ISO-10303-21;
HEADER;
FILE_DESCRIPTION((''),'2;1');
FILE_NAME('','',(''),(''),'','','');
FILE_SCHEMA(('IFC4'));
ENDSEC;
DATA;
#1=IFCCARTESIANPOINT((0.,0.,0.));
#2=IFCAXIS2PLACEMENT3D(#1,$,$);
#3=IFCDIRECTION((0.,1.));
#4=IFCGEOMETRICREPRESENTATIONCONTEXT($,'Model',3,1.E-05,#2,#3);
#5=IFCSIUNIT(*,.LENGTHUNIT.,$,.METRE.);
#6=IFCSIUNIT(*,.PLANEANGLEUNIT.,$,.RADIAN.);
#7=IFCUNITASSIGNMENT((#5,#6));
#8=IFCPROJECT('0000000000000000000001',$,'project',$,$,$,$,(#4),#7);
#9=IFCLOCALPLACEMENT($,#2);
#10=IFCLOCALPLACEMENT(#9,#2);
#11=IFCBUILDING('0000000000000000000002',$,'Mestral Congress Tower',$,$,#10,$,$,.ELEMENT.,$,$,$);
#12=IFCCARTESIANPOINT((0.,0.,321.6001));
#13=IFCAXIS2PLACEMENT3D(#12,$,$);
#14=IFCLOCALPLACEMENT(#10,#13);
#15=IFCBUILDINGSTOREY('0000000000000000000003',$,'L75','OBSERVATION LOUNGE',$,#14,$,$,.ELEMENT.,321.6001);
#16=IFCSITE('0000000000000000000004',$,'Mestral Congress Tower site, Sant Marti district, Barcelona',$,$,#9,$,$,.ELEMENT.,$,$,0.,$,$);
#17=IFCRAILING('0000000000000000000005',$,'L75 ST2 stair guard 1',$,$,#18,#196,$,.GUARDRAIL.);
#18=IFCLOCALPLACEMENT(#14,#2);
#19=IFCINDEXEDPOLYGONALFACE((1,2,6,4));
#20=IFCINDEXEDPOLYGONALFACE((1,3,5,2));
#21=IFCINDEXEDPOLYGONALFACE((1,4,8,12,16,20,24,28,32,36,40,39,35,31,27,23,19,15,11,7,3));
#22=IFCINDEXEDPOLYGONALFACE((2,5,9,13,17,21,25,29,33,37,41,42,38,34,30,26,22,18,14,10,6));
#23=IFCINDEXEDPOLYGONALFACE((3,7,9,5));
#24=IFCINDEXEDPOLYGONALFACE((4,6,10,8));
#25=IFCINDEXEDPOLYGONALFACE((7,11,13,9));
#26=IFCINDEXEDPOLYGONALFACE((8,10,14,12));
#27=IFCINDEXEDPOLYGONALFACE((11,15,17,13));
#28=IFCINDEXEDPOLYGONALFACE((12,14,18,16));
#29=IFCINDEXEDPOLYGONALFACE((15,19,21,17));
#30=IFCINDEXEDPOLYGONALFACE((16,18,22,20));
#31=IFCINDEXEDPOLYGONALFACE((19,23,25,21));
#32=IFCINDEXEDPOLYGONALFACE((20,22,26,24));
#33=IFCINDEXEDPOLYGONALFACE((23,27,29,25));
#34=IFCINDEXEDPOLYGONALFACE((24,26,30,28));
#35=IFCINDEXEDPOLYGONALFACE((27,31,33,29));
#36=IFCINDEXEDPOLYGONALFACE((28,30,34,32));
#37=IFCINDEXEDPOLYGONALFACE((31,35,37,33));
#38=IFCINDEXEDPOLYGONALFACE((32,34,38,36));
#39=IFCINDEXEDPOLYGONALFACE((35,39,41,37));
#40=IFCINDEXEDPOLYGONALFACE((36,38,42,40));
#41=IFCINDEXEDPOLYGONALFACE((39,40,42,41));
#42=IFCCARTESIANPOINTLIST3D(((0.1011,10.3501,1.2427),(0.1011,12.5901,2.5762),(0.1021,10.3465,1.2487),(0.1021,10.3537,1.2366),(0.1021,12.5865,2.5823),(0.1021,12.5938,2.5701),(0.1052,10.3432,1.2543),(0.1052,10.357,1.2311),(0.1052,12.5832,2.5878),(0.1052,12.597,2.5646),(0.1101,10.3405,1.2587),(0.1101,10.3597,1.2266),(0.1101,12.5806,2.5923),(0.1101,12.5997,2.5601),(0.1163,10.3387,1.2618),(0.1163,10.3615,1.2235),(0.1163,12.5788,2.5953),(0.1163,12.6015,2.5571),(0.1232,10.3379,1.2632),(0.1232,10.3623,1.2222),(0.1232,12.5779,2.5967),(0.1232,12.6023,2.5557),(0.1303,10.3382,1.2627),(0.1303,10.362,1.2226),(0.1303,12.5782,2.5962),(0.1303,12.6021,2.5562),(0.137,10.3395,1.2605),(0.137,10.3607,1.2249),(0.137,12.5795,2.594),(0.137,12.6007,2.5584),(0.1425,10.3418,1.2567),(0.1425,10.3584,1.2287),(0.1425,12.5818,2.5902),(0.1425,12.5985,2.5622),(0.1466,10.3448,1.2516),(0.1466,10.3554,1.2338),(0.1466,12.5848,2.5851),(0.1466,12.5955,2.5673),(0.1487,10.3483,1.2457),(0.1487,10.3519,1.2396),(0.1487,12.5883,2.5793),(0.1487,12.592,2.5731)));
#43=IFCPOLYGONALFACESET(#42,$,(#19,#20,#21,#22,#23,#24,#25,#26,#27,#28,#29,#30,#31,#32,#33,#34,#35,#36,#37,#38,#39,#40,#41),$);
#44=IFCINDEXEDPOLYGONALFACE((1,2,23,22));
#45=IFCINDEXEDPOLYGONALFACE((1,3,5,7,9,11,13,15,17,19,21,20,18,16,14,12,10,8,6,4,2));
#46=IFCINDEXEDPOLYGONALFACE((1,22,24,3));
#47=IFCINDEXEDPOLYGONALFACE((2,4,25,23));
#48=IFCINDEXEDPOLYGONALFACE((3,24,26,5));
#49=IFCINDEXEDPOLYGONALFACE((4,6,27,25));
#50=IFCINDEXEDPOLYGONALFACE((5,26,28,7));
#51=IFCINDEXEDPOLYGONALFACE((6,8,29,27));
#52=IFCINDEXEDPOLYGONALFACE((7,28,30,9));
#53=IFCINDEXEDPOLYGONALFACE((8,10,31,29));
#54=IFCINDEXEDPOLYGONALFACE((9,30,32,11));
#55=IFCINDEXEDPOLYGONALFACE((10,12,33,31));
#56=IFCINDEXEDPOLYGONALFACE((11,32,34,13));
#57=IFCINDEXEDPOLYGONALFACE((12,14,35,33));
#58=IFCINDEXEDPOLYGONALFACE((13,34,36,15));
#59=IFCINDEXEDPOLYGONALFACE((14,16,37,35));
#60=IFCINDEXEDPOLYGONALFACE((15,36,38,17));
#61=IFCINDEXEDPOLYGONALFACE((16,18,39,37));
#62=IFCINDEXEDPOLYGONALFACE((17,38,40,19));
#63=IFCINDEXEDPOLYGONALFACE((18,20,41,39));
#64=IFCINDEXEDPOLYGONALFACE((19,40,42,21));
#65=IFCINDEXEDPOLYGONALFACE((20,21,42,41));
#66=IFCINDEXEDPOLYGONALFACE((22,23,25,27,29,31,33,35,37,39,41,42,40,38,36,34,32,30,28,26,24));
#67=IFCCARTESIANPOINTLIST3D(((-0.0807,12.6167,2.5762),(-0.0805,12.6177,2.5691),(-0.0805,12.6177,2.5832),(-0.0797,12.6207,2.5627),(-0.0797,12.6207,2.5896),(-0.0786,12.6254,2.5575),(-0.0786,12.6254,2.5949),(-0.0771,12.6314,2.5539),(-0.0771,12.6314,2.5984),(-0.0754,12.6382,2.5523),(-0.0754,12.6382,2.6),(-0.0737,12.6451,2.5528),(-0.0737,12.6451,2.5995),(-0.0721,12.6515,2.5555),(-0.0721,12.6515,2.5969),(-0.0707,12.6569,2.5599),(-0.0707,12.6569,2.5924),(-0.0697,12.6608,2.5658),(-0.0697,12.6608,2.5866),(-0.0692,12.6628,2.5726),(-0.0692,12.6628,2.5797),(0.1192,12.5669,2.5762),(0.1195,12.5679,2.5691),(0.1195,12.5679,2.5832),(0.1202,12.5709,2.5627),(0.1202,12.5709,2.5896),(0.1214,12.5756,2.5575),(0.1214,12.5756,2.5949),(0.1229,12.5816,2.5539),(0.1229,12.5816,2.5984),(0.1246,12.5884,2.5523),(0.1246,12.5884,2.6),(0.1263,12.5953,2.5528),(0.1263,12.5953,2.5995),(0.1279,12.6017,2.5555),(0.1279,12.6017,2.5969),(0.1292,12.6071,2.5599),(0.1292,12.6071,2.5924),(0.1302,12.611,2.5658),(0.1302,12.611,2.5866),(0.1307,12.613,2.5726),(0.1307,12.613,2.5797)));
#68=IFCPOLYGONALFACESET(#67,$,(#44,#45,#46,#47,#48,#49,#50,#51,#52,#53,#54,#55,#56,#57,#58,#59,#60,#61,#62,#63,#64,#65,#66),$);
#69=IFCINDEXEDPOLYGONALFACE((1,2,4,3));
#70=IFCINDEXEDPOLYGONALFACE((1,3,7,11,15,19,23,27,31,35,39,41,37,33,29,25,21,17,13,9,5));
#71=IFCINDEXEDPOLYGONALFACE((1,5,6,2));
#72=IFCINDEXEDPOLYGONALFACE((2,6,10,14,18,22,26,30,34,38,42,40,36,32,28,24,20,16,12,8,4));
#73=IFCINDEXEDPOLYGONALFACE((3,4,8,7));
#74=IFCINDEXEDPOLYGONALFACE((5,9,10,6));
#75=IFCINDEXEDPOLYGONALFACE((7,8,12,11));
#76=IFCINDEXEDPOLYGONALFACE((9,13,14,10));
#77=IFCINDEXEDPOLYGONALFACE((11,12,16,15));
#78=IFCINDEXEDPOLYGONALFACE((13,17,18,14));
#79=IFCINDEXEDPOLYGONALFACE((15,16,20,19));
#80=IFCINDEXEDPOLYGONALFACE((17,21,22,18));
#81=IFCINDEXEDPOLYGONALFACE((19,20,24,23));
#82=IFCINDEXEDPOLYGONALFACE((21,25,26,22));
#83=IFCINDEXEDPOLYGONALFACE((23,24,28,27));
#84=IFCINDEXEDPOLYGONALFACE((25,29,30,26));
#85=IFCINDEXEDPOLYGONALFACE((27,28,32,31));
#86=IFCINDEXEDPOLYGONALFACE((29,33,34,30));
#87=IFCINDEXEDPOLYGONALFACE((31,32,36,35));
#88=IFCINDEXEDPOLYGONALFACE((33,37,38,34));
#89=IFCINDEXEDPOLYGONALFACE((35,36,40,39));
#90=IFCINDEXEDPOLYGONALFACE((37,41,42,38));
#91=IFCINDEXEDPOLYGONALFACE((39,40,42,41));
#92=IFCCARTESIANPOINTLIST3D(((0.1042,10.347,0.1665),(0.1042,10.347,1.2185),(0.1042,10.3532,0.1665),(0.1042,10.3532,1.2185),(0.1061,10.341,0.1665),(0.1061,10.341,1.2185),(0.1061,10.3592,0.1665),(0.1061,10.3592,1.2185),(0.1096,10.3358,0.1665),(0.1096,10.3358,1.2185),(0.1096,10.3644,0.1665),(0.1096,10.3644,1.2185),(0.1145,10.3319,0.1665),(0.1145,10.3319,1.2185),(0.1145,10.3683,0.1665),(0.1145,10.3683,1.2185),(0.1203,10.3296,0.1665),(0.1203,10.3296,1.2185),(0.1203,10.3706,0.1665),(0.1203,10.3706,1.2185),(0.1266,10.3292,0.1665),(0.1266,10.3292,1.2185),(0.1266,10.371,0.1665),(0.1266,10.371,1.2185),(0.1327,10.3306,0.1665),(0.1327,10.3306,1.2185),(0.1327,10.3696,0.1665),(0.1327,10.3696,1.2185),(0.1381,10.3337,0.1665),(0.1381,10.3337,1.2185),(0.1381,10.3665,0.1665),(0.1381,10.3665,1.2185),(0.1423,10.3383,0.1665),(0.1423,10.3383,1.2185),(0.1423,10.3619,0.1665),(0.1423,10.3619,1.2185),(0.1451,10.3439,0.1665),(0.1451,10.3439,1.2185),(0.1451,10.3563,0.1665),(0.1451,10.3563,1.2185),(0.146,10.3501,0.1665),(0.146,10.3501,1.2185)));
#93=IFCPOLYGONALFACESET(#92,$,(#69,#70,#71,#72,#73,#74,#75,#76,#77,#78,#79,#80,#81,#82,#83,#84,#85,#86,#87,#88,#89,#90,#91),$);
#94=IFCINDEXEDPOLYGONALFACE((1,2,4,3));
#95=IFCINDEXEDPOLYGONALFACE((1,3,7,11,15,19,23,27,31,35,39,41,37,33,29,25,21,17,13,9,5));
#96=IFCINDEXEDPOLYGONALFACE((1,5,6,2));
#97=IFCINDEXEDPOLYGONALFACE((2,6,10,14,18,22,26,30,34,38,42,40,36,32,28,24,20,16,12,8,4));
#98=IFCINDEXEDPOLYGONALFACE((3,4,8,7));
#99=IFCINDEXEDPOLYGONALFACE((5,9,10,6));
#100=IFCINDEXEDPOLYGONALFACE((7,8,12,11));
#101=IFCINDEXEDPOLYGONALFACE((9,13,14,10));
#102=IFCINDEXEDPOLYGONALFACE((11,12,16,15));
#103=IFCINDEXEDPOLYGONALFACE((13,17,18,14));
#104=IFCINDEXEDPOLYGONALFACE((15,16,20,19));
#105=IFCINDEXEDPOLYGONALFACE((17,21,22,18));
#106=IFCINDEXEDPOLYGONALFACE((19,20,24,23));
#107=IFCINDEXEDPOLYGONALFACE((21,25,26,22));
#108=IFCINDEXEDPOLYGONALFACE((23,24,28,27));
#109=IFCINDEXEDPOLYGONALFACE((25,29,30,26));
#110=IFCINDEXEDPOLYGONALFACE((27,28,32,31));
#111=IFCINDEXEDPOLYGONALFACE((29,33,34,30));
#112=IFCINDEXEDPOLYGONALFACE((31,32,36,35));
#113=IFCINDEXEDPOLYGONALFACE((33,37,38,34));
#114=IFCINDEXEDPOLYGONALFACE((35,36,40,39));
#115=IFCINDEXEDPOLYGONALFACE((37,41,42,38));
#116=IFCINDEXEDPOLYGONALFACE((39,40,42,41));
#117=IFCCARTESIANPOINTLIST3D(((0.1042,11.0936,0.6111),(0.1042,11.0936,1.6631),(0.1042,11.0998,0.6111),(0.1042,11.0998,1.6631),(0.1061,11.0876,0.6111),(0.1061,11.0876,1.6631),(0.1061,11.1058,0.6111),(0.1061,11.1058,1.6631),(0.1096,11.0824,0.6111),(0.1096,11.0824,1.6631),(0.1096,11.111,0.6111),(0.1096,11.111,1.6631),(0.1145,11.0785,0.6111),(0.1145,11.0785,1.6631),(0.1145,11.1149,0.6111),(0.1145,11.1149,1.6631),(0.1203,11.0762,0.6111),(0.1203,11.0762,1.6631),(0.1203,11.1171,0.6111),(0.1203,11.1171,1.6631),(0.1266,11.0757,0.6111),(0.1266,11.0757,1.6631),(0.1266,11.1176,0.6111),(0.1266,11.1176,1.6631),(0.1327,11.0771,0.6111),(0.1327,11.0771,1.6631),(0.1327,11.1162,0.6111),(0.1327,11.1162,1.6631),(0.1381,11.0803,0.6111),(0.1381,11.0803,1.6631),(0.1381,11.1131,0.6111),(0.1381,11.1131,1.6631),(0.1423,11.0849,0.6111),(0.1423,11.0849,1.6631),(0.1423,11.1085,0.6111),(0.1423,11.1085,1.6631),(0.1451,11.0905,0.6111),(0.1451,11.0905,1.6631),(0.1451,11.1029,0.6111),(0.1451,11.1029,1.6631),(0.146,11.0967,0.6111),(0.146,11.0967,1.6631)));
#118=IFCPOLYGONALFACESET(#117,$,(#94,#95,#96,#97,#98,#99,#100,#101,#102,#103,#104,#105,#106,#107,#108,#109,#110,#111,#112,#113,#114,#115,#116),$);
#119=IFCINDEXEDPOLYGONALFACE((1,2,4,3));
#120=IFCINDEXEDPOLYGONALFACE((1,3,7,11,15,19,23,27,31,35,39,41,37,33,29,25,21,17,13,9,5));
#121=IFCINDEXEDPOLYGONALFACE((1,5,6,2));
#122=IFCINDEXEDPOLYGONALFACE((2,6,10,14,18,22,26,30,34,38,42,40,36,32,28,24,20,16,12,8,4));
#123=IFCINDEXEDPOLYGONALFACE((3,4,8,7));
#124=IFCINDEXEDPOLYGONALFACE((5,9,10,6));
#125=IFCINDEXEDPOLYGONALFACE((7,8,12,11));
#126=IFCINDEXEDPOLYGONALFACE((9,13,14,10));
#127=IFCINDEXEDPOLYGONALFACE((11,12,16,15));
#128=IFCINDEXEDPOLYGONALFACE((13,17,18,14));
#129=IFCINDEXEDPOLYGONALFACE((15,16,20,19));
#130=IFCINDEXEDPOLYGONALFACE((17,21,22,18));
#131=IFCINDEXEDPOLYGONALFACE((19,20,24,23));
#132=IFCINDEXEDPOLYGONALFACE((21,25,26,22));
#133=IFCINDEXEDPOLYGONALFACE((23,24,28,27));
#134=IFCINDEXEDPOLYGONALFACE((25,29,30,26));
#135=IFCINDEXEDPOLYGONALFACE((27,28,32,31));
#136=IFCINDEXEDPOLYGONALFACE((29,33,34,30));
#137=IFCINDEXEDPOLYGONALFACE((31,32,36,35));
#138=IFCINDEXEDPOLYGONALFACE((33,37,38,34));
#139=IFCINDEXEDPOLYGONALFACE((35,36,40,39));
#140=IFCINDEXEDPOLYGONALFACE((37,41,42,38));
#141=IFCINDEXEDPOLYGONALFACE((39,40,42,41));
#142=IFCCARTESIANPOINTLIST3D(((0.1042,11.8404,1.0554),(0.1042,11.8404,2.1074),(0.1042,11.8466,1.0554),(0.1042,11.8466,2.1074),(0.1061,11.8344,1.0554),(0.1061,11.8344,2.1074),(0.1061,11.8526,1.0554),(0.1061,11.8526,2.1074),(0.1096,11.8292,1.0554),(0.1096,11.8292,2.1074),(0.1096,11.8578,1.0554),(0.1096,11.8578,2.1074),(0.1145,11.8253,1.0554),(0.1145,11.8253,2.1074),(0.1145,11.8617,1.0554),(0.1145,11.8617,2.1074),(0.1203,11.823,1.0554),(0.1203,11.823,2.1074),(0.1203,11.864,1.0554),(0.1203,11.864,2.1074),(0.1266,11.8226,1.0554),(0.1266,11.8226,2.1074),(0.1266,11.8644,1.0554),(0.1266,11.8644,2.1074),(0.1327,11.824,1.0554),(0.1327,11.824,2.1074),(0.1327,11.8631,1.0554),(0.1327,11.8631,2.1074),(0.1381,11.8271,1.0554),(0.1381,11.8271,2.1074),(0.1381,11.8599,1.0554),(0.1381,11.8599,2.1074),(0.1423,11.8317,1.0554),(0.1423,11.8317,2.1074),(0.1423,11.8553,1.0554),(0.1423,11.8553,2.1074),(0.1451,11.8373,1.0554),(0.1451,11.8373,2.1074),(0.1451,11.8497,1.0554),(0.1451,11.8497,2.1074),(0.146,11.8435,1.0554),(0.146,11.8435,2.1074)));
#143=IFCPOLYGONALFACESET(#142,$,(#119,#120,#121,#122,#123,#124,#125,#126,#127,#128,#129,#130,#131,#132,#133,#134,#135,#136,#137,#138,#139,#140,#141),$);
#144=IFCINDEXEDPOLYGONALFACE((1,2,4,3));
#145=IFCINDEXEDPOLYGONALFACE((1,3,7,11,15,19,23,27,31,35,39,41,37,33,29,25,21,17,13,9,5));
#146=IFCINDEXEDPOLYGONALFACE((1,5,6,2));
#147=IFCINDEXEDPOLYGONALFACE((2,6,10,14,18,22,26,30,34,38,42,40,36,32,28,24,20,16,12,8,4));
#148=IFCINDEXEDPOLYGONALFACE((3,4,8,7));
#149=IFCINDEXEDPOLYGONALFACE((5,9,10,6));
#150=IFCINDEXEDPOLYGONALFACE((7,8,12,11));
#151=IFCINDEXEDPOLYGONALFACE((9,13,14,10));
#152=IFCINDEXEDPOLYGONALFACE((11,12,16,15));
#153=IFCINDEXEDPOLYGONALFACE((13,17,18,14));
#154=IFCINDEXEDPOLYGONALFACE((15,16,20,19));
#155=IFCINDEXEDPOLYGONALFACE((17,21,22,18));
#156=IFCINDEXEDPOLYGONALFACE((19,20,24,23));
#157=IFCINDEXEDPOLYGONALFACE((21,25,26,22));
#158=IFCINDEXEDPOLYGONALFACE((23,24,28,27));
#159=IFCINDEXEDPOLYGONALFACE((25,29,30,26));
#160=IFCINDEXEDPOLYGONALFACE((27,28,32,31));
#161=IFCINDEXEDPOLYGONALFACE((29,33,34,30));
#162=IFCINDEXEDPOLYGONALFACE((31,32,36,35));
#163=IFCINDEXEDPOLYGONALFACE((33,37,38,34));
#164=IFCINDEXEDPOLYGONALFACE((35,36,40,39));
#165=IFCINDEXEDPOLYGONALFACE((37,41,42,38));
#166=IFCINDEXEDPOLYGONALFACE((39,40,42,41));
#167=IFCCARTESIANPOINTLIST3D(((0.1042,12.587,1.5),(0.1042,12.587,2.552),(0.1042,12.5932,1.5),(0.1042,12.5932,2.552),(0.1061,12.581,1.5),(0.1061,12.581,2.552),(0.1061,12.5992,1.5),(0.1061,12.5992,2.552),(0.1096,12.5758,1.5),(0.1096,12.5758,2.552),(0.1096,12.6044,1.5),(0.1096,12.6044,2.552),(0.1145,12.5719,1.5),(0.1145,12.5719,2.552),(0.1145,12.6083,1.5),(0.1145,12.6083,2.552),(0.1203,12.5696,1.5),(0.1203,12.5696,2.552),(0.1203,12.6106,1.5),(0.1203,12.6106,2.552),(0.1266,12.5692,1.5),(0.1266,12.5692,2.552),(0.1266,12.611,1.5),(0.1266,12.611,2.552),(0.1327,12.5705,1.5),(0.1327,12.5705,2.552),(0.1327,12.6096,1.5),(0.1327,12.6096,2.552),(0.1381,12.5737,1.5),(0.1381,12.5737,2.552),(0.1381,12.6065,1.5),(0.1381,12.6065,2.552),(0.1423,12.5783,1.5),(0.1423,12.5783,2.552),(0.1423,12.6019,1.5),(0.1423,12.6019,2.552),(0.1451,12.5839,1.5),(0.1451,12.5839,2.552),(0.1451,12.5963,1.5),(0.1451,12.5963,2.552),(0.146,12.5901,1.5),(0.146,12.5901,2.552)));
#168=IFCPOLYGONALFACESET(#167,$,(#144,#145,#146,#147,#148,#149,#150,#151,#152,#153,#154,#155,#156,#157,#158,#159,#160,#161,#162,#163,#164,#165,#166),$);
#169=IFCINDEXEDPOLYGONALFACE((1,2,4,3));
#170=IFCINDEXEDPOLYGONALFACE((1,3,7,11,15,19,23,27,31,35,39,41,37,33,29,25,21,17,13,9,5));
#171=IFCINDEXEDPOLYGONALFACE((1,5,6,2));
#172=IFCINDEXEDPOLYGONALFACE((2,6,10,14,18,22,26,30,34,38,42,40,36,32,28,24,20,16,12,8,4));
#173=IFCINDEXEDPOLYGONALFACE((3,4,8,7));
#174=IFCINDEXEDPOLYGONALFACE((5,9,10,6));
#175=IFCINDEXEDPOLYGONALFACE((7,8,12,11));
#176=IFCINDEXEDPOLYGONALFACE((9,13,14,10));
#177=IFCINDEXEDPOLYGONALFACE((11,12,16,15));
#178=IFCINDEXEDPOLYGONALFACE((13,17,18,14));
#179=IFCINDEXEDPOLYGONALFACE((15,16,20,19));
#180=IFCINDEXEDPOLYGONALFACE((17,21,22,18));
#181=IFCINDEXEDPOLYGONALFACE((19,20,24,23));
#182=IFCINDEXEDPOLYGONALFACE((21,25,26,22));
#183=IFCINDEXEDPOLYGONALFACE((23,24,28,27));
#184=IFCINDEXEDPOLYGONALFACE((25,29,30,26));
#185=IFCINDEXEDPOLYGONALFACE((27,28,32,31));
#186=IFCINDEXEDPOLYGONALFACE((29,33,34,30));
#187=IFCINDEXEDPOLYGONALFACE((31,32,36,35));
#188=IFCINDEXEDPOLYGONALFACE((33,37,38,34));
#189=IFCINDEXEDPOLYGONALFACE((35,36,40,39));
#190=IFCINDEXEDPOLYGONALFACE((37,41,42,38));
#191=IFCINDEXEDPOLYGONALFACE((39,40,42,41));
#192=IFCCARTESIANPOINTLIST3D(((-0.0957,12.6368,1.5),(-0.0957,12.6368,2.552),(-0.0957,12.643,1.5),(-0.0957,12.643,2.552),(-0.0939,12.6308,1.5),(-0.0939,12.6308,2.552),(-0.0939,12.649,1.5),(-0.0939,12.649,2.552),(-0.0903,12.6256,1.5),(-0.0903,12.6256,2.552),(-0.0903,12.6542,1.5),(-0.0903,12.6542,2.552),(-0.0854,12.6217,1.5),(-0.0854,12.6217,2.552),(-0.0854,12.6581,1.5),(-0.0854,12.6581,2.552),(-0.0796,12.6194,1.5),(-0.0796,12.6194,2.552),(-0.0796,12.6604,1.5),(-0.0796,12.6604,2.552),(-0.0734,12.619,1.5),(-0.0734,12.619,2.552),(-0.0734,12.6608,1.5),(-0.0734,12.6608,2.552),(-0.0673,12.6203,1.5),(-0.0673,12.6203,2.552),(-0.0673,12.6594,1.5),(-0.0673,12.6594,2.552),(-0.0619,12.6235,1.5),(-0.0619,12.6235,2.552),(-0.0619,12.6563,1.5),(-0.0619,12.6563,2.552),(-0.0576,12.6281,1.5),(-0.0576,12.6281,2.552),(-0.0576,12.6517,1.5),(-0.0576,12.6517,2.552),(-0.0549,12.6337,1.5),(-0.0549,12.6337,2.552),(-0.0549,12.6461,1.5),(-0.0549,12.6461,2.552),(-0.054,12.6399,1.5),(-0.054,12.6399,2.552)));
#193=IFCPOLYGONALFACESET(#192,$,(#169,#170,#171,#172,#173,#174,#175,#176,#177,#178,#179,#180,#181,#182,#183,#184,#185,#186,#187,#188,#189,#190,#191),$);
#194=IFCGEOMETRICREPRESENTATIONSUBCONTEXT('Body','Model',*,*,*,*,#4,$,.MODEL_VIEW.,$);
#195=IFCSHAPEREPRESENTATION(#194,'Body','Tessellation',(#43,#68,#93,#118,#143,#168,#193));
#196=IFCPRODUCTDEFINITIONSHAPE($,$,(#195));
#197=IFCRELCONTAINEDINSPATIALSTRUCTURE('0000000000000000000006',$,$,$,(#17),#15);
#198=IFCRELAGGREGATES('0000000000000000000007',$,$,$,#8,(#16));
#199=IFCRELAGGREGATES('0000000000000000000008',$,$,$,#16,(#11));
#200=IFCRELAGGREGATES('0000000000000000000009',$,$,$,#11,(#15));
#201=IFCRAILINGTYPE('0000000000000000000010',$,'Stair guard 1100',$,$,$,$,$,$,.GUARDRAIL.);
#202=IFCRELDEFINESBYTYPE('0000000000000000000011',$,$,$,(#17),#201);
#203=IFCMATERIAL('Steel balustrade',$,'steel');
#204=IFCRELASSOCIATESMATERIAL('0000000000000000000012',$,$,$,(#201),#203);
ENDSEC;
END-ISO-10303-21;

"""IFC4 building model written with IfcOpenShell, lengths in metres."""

from ifc_helpers import new_model, si_unit, direction, frame, origin, origin_2d, place, context, subcontext, project, spatial, circle, extrude, material, type_object, element, save


model = new_model("IFC4")

# Units and contexts
model_context = context("Model", 3, precision=1e-05, world=origin(), true_north=direction((0.0, 1.0)))
body_context = subcontext(model_context, "Body", "Model", "MODEL_VIEW")
ifc_project = project(units=[si_unit("LENGTHUNIT", "METRE"), si_unit("PLANEANGLEUNIT", "RADIAN")], contexts=[model_context])

# Site, building, storey
site_placement = place(None, origin())
site = spatial("IfcSite", under=ifc_project, at=site_placement, Name="Mestral Congress Tower site, Sant Marti district, Barcelona", CompositionType="ELEMENT", RefElevation=0.0)
building_placement = place(site_placement, origin())
building = spatial("IfcBuilding", under=site, at=building_placement, Name="Mestral Congress Tower", CompositionType="ELEMENT")
storey_placement = place(building_placement, frame((0.0, 0.0, 321.6001)))
storey = spatial("IfcBuildingStorey", under=building, at=storey_placement, Name="L75", Description="OBSERVATION LOUNGE", CompositionType="ELEMENT", Elevation=321.6001)

# Railing
ifc_material_1 = material(Name="Steel balustrade", Category="steel")
railing_type_1 = type_object("IfcRailingType", Name="Stair guard 1100", PredefinedType="GUARDRAIL", material=ifc_material_1)
for number, where, name in (
    (1, (0.125, 10.3501, 0.1665), "L75 ST2 stair guard 1"),
):
    element("IfcRailing", number, at=place(storey_placement, frame(where)), inside=storey, type_object=railing_type_1, Name=name, PredefinedType="GUARDRAIL", context=body_context, shape_type="SweptSolid", body=[
        extrude(circle(Radius=0.0239, at=origin_2d()), frame((0.0, 0.0, 1.0762), z_axis=(0.0, 0.859264, 0.511532), x_axis=(-1.0, 0.0, 0.0)), (0.0, 0.0, 1.0), 2.6069),
        extrude(circle(Radius=0.0239, at=origin_2d()), frame((0.0, 2.24, 2.4097), z_axis=(-0.970351, 0.241699, 0.0), x_axis=(-0.241699, -0.970351, 0.0)), (0.0, 0.0, 1.0), 0.2061),
        extrude(circle(Radius=0.021, at=origin_2d()), origin(), (0.0, 0.0, 1.0), 1.052),
        extrude(circle(Radius=0.021, at=origin_2d()), frame((0.0, 0.7466, 0.4446)), (0.0, 0.0, 1.0), 1.052),
        extrude(circle(Radius=0.021, at=origin_2d()), frame((0.0, 1.4934, 0.8889)), (0.0, 0.0, 1.0), 1.052),
        extrude(circle(Radius=0.021, at=origin_2d()), frame((0.0, 2.24, 1.3335)), (0.0, 0.0, 1.0), 1.052),
        extrude(circle(Radius=0.021, at=origin_2d()), frame((-0.2, 2.2898, 1.3335)), (0.0, 0.0, 1.0), 1.052),
    ])

save(model, "model.ifc")
